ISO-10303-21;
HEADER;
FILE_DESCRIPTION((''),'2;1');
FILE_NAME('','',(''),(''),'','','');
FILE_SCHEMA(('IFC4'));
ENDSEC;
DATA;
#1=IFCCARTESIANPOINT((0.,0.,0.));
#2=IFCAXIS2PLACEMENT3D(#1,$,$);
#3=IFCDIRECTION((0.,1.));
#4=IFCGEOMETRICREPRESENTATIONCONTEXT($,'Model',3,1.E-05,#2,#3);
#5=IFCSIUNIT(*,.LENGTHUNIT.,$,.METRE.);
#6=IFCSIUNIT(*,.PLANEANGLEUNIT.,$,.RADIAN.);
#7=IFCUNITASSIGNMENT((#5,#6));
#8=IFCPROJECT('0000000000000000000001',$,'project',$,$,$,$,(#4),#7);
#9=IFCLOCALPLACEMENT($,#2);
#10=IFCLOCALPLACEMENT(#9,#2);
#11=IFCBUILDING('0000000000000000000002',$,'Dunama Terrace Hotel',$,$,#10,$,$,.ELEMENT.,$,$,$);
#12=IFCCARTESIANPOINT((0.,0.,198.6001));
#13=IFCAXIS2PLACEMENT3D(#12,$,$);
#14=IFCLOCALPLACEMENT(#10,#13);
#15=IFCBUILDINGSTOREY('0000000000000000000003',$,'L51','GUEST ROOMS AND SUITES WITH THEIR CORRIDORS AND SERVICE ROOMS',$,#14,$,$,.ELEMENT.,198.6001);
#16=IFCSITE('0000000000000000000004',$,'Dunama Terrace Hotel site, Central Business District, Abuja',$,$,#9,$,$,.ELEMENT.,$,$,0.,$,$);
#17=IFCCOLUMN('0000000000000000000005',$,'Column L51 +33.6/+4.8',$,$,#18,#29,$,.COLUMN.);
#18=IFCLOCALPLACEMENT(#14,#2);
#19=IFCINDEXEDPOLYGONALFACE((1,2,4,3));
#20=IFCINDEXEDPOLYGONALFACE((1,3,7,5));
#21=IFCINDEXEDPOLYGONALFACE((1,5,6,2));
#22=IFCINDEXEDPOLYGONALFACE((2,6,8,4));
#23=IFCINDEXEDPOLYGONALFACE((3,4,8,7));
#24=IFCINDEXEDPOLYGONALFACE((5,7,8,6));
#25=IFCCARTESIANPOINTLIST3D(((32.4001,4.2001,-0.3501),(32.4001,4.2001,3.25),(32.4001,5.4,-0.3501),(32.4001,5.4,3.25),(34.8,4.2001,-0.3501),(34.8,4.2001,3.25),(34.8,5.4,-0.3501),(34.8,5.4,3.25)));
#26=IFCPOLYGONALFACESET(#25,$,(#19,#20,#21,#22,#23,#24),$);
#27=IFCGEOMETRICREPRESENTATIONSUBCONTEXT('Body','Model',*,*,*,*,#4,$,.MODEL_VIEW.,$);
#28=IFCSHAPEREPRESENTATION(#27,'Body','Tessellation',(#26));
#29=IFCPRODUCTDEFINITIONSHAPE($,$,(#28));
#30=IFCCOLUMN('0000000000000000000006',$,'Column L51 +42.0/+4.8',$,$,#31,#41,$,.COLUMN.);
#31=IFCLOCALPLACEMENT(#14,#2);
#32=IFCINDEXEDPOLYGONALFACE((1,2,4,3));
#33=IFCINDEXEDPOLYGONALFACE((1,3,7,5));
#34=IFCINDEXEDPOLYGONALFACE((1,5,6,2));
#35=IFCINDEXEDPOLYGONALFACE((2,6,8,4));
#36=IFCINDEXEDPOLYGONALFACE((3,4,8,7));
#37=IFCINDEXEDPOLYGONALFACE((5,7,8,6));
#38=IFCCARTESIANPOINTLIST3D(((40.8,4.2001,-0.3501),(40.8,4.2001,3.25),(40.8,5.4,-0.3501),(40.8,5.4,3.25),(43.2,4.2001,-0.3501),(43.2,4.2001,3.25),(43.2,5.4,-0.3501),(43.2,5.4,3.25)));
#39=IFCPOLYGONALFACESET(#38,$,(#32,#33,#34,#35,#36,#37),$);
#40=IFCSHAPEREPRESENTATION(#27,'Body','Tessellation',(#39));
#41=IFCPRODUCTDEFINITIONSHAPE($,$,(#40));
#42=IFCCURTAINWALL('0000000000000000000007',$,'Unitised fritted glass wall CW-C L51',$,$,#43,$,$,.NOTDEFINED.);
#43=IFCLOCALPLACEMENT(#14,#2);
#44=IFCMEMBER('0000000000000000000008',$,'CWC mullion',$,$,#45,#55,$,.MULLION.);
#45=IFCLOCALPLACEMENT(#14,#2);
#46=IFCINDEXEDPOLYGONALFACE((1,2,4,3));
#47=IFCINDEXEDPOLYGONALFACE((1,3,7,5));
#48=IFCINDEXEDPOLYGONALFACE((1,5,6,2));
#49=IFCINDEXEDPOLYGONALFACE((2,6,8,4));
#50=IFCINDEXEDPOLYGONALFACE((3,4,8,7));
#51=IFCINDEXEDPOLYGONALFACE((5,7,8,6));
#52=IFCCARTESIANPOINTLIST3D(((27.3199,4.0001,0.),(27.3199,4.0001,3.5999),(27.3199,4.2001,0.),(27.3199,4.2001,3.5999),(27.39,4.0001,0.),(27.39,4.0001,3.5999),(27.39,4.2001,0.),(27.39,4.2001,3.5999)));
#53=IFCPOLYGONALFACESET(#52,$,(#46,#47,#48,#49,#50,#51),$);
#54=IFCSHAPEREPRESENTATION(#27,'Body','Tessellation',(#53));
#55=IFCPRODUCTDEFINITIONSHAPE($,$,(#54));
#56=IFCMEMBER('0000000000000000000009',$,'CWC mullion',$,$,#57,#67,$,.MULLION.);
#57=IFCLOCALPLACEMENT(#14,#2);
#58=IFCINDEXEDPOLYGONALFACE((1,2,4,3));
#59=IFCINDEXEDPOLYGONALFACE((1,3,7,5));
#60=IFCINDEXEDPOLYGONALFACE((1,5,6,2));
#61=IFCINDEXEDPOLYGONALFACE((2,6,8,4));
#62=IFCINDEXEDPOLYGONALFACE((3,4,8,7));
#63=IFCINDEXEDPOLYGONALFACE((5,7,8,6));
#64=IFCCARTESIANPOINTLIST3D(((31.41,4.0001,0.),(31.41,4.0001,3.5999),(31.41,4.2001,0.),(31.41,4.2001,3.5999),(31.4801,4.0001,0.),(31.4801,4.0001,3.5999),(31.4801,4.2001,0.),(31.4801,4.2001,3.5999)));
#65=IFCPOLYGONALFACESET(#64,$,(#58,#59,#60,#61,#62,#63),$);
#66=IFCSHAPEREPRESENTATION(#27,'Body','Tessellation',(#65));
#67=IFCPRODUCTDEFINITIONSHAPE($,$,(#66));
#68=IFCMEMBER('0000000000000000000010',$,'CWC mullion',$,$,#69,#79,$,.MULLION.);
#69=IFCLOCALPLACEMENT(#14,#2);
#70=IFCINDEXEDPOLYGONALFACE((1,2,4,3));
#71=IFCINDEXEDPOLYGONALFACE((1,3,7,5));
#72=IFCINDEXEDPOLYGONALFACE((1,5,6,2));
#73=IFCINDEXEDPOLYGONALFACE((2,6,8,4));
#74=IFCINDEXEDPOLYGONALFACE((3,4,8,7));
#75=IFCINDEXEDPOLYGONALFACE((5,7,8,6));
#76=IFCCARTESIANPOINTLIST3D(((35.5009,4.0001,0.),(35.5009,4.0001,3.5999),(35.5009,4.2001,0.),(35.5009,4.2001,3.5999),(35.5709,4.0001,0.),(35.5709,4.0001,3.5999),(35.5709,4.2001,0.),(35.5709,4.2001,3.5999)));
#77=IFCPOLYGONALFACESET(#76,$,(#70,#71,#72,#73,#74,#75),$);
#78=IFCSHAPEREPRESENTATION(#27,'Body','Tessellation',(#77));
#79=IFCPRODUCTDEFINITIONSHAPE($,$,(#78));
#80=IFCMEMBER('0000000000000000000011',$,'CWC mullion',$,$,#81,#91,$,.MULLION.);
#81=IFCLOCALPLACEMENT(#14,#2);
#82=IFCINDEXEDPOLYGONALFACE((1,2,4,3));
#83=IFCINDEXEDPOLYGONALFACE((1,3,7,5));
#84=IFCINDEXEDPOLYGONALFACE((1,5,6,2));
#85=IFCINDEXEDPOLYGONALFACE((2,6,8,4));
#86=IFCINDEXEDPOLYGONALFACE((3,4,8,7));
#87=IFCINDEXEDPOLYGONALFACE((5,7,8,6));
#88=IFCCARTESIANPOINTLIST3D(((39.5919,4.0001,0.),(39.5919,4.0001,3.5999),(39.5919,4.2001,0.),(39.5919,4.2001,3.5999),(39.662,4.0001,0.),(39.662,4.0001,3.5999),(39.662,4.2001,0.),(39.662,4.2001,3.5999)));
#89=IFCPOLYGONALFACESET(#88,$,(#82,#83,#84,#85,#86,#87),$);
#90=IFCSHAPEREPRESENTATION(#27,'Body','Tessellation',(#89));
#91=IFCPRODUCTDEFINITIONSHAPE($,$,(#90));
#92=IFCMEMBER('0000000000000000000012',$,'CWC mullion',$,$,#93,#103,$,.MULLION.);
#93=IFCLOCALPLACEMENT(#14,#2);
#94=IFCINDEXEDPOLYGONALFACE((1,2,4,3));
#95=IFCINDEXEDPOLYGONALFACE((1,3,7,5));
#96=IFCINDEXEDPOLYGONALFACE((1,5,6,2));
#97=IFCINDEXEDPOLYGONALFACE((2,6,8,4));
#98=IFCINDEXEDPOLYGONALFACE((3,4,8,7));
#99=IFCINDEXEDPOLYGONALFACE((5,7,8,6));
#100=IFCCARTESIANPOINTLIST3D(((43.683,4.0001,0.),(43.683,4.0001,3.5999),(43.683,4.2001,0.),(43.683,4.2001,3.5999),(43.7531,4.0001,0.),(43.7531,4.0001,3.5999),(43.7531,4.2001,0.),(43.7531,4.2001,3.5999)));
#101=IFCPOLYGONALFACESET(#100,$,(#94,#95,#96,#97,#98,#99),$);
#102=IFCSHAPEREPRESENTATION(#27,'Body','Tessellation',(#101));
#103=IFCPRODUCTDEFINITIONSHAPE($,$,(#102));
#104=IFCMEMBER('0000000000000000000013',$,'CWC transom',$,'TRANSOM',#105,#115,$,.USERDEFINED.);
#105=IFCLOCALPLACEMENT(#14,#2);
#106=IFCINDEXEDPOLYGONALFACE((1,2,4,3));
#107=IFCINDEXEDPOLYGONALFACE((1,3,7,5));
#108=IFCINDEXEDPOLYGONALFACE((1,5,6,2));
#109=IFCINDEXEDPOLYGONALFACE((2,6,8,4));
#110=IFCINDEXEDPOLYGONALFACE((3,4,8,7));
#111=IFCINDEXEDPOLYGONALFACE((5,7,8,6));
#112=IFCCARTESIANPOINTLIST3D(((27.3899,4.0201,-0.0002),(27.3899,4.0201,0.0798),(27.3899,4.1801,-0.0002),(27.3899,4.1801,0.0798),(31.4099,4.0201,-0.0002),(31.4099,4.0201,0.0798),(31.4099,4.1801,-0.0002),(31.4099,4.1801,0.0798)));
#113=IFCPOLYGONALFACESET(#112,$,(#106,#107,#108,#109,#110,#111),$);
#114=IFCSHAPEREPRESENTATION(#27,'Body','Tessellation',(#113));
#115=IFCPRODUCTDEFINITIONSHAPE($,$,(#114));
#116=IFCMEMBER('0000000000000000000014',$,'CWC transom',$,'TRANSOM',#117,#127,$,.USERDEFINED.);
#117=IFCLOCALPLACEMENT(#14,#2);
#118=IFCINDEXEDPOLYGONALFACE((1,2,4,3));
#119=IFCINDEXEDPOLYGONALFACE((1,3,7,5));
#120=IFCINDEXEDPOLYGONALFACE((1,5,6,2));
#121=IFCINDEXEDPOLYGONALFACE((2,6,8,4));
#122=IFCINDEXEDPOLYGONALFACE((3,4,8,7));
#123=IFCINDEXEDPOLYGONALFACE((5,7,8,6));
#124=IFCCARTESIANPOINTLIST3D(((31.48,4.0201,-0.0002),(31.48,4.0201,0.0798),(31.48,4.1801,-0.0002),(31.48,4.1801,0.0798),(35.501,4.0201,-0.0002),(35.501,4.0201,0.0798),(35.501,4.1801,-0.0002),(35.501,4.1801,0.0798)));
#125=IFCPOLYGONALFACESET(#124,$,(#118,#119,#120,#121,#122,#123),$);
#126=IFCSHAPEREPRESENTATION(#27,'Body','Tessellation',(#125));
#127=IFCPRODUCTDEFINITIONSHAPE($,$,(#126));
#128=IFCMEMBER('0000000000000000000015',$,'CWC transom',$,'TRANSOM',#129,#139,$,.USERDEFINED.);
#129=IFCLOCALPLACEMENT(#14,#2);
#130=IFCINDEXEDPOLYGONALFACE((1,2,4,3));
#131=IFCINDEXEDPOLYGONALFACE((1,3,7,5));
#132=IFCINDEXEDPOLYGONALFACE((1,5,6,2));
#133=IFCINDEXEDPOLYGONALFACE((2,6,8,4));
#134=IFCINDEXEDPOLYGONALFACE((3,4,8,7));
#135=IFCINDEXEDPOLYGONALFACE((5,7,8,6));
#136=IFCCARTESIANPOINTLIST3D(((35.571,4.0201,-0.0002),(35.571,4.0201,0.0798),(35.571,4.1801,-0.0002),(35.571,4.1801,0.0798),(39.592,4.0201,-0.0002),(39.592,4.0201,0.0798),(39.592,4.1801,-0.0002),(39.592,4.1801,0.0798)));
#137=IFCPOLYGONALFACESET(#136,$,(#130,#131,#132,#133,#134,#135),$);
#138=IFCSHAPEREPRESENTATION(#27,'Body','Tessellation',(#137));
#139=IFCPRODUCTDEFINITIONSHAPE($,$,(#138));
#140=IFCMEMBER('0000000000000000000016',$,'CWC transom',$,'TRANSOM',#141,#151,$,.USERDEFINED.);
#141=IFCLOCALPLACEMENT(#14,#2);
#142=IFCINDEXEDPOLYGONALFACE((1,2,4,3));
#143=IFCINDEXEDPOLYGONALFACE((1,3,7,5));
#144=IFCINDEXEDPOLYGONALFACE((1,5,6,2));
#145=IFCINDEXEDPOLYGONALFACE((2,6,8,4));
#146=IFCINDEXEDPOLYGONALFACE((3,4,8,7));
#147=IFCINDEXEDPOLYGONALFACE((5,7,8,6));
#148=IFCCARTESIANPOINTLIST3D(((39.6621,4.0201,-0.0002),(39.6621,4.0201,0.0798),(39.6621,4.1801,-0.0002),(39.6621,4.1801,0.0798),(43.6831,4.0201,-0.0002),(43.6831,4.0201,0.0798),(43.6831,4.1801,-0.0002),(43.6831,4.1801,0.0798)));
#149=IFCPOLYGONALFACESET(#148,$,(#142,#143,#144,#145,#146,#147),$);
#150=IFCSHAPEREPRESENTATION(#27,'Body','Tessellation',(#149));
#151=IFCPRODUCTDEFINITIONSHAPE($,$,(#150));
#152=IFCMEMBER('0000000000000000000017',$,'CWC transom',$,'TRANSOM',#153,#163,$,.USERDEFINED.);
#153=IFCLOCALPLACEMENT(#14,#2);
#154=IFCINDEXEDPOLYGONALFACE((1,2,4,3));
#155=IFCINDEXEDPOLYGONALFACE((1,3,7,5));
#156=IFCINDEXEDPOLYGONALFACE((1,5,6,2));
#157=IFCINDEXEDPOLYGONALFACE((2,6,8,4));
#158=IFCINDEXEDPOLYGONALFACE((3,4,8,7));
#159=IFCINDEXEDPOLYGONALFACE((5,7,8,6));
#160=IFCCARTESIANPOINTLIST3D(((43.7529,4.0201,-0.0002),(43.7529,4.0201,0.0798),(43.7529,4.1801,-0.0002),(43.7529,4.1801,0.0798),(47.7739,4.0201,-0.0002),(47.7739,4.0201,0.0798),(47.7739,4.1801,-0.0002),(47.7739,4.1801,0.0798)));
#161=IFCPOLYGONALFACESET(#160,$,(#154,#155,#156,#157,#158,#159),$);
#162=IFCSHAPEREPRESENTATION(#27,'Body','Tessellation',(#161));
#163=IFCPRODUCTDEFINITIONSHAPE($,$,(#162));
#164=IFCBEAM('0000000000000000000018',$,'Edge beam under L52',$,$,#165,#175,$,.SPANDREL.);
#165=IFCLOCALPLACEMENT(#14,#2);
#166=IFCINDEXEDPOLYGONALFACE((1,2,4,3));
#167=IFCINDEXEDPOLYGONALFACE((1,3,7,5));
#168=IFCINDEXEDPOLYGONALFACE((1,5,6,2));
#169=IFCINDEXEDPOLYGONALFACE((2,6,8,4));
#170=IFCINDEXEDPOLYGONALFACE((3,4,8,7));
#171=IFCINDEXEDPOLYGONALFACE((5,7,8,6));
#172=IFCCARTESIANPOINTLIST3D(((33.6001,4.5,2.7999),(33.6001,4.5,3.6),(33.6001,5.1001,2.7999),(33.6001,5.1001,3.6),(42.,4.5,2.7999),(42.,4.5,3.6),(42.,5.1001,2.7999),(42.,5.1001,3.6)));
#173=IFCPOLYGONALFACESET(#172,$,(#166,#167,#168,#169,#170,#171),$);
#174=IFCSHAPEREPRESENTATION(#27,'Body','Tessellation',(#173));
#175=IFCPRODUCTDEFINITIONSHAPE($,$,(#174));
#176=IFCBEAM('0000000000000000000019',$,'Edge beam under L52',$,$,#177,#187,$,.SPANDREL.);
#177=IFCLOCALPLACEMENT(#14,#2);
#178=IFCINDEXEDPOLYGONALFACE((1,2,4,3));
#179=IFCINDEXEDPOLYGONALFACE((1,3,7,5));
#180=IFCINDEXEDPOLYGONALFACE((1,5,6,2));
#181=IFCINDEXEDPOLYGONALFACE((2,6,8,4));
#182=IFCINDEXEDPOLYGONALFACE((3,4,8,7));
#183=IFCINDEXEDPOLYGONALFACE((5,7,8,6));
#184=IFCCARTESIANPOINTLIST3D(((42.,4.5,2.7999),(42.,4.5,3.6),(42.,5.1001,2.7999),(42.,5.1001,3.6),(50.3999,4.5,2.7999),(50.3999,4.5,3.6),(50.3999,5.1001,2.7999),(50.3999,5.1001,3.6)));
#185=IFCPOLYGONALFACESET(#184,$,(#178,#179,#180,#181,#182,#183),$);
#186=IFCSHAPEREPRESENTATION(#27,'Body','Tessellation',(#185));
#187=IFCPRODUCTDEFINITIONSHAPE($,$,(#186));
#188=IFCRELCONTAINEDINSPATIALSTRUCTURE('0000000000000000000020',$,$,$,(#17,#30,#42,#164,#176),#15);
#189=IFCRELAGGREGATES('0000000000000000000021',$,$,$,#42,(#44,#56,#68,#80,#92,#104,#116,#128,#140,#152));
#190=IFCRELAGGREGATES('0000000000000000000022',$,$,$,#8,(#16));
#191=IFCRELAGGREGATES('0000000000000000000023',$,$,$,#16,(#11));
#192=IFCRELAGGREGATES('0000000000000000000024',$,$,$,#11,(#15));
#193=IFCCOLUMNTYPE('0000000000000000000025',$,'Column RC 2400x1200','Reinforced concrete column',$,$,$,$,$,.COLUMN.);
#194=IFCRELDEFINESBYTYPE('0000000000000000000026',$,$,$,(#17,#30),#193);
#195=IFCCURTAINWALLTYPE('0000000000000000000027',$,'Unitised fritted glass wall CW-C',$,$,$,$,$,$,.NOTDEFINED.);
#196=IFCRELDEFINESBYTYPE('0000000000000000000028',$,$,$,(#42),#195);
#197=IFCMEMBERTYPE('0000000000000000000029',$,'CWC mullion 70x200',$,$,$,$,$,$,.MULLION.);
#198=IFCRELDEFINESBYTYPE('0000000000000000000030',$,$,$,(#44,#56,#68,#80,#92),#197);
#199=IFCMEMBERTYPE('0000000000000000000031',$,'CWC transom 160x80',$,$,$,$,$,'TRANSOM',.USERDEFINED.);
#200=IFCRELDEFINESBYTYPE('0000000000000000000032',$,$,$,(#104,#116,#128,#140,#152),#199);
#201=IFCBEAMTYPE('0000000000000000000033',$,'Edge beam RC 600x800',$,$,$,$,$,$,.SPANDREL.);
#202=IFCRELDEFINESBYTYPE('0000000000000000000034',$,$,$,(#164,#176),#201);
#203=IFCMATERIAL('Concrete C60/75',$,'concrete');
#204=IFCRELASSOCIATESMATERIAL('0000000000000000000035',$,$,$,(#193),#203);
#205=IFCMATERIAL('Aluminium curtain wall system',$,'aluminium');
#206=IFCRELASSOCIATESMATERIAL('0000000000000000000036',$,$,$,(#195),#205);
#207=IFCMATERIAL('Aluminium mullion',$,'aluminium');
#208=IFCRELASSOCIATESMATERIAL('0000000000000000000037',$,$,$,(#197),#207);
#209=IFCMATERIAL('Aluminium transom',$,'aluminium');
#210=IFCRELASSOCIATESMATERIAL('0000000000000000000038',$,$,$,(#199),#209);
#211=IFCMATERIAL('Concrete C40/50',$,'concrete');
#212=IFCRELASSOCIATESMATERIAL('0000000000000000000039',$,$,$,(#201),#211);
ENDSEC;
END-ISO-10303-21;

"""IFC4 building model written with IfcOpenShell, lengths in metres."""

from ifc_helpers import new_model, si_unit, direction, frame, origin, origin_2d, place, context, subcontext, project, spatial, rectangle, extrude, material, material_profile, profile_set, type_object, element, aggregate, save


model = new_model("IFC4")

# Units and contexts
model_context = context("Model", 3, precision=1e-05, world=origin(), true_north=direction((0.0, 1.0)))
body_context = subcontext(model_context, "Body", "Model", "MODEL_VIEW")
ifc_project = project(units=[si_unit("LENGTHUNIT", "METRE"), si_unit("PLANEANGLEUNIT", "RADIAN")], contexts=[model_context])

# Site, building, storey
site_placement = place(None, origin())
site = spatial("IfcSite", under=ifc_project, at=site_placement, Name="Dunama Terrace Hotel site, Central Business District, Abuja", CompositionType="ELEMENT", RefElevation=0.0)
building_placement = place(site_placement, origin())
building = spatial("IfcBuilding", under=site, at=building_placement, Name="Dunama Terrace Hotel", CompositionType="ELEMENT")
storey_placement = place(building_placement, frame((0.0, 0.0, 198.6001)))
storey = spatial("IfcBuildingStorey", under=building, at=storey_placement, Name="L51", Description="GUEST ROOMS AND SUITES WITH THEIR CORRIDORS AND SERVICE ROOMS", CompositionType="ELEMENT", Elevation=198.6001)

# Columns
ifc_material_1 = material(Name="Concrete C60/75", Category="concrete")
ifc_material_profile_1 = material_profile(ifc_material_1, rectangle(XDim=2.3999, YDim=1.2, at=origin_2d()), Name="RC 2400x1200")
ifc_profile_set_1 = profile_set([ifc_material_profile_1], Name="Concrete C60/75")
column_type = type_object("IfcColumnType", Name="Column RC 2400x1200", Description="Reinforced concrete column", PredefinedType="COLUMN", material=ifc_profile_set_1)
for number, where, z_axis, x_axis, name in (
    (1, (33.6001, 4.8, -0.3501), (0.0, 0.0, 1.0), (1.0, 0.0, 0.0), "Column L51 +33.6/+4.8"),
    (2, (42.0, 4.8, -0.3501), (0.0, 0.0, 1.0), (1.0, 0.0, 0.0), "Column L51 +42.0/+4.8"),
):
    element("IfcColumn", number, at=place(storey_placement, frame(where, z_axis=z_axis, x_axis=x_axis)), inside=storey, type_object=column_type, Name=name, PredefinedType="COLUMN", context=body_context, shape_type="SweptSolid", body=[
        extrude(rectangle(XDim=2.3999, YDim=1.2, at=origin_2d()), origin(), (0.0, 0.0, 1.0), 3.6001),
    ])

# Curtain wall, members
ifc_material_2 = material(Name="Aluminium curtain wall system", Category="aluminium")
curtain_wall_type = type_object("IfcCurtainWallType", Name="Unitised fritted glass wall CW-C", PredefinedType="NOTDEFINED", material=ifc_material_2)
curtain_wall_placement = place(storey_placement, origin())
curtain_wall = element("IfcCurtainWall", 3, at=curtain_wall_placement, inside=storey, type_object=curtain_wall_type, Name="Unitised fritted glass wall CW-C L51", PredefinedType="NOTDEFINED")
ifc_material_3 = material(Name="Aluminium mullion", Category="aluminium")
ifc_material_profile_2 = material_profile(ifc_material_3, rectangle(XDim=0.0701, YDim=0.2, at=origin_2d()), Name="CWC MULLION 70X200")
ifc_profile_set_2 = profile_set([ifc_material_profile_2], Name="Aluminium mullion")
member_type_1 = type_object("IfcMemberType", Name="CWC mullion 70x200", PredefinedType="MULLION", material=ifc_profile_set_2)
member_1_placement = place(storey_placement, frame((27.355, 4.1001, 0.0), z_axis=(0.0, 0.0, 1.0), x_axis=(1.0, 0.0, 0.0)))
member_1 = element("IfcMember", 4, at=member_1_placement, type_object=member_type_1, Name="CWC mullion", PredefinedType="MULLION", context=body_context, shape_type="SweptSolid", body=[
    extrude(rectangle(XDim=0.0701, YDim=0.2, at=origin_2d()), origin(), (0.0, 0.0, 1.0), 3.5999),
])
member_2_placement = place(storey_placement, frame((31.4451, 4.1001, 0.0), z_axis=(0.0, 0.0, 1.0), x_axis=(1.0, 0.0, 0.0)))
member_2 = element("IfcMember", 5, at=member_2_placement, type_object=member_type_1, Name="CWC mullion", PredefinedType="MULLION", context=body_context, shape_type="SweptSolid", body=[
    extrude(rectangle(XDim=0.0701, YDim=0.2, at=origin_2d()), origin(), (0.0, 0.0, 1.0), 3.5999),
])
member_3_placement = place(storey_placement, frame((35.5359, 4.1001, 0.0), z_axis=(0.0, 0.0, 1.0), x_axis=(1.0, 0.0, 0.0)))
member_3 = element("IfcMember", 6, at=member_3_placement, type_object=member_type_1, Name="CWC mullion", PredefinedType="MULLION", context=body_context, shape_type="SweptSolid", body=[
    extrude(rectangle(XDim=0.0701, YDim=0.2, at=origin_2d()), origin(), (0.0, 0.0, 1.0), 3.5999),
])
member_4_placement = place(storey_placement, frame((39.627, 4.1001, 0.0), z_axis=(0.0, 0.0, 1.0), x_axis=(1.0, 0.0, 0.0)))
member_4 = element("IfcMember", 7, at=member_4_placement, type_object=member_type_1, Name="CWC mullion", PredefinedType="MULLION", context=body_context, shape_type="SweptSolid", body=[
    extrude(rectangle(XDim=0.0701, YDim=0.2, at=origin_2d()), origin(), (0.0, 0.0, 1.0), 3.5999),
])
member_5_placement = place(storey_placement, frame((43.718, 4.1001, 0.0), z_axis=(0.0, 0.0, 1.0), x_axis=(1.0, 0.0, 0.0)))
member_5 = element("IfcMember", 8, at=member_5_placement, type_object=member_type_1, Name="CWC mullion", PredefinedType="MULLION", context=body_context, shape_type="SweptSolid", body=[
    extrude(rectangle(XDim=0.0701, YDim=0.2, at=origin_2d()), origin(), (0.0, 0.0, 1.0), 3.5999),
])
ifc_material_4 = material(Name="Aluminium transom", Category="aluminium")
ifc_material_profile_3 = material_profile(ifc_material_4, rectangle(XDim=0.1599, YDim=0.0801, at=origin_2d()), Name="CWC TRANSOM 160X80")
ifc_profile_set_3 = profile_set([ifc_material_profile_3], Name="Aluminium transom")
member_type_2 = type_object("IfcMemberType", Name="CWC transom 160x80", ElementType="TRANSOM", PredefinedType="USERDEFINED", material=ifc_profile_set_3)
member_6_placement = place(storey_placement, frame((27.3899, 4.1001, 0.0398), z_axis=(1.0, 0.0, 0.0), x_axis=(0.0, 1.0, 0.0)))
member_6 = element("IfcMember", 9, at=member_6_placement, type_object=member_type_2, Name="CWC transom", ObjectType="TRANSOM", PredefinedType="USERDEFINED", context=body_context, shape_type="SweptSolid", body=[
    extrude(rectangle(XDim=0.1599, YDim=0.0801, at=origin_2d()), origin(), (0.0, 0.0, 1.0), 4.02),
])
member_7_placement = place(storey_placement, frame((31.48, 4.1001, 0.0398), z_axis=(1.0, 0.0, 0.0), x_axis=(0.0, 1.0, 0.0)))
member_7 = element("IfcMember", 10, at=member_7_placement, type_object=member_type_2, Name="CWC transom", ObjectType="TRANSOM", PredefinedType="USERDEFINED", context=body_context, shape_type="SweptSolid", body=[
    extrude(rectangle(XDim=0.1599, YDim=0.0801, at=origin_2d()), origin(), (0.0, 0.0, 1.0), 4.021),
])
member_8_placement = place(storey_placement, frame((35.571, 4.1001, 0.0398), z_axis=(1.0, 0.0, 0.0), x_axis=(0.0, 1.0, 0.0)))
member_8 = element("IfcMember", 11, at=member_8_placement, type_object=member_type_2, Name="CWC transom", ObjectType="TRANSOM", PredefinedType="USERDEFINED", context=body_context, shape_type="SweptSolid", body=[
    extrude(rectangle(XDim=0.1599, YDim=0.0801, at=origin_2d()), origin(), (0.0, 0.0, 1.0), 4.021),
])
member_9_placement = place(storey_placement, frame((39.6621, 4.1001, 0.0398), z_axis=(1.0, 0.0, 0.0), x_axis=(0.0, 1.0, 0.0)))
member_9 = element("IfcMember", 12, at=member_9_placement, type_object=member_type_2, Name="CWC transom", ObjectType="TRANSOM", PredefinedType="USERDEFINED", context=body_context, shape_type="SweptSolid", body=[
    extrude(rectangle(XDim=0.1599, YDim=0.0801, at=origin_2d()), origin(), (0.0, 0.0, 1.0), 4.021),
])
member_10_placement = place(storey_placement, frame((43.7529, 4.1001, 0.0398), z_axis=(1.0, 0.0, 0.0), x_axis=(0.0, 1.0, 0.0)))
member_10 = element("IfcMember", 13, at=member_10_placement, type_object=member_type_2, Name="CWC transom", ObjectType="TRANSOM", PredefinedType="USERDEFINED", context=body_context, shape_type="SweptSolid", body=[
    extrude(rectangle(XDim=0.1599, YDim=0.0801, at=origin_2d()), origin(), (0.0, 0.0, 1.0), 4.021),
])

# Beams
ifc_material_5 = material(Name="Concrete C40/50", Category="concrete")
ifc_material_profile_4 = material_profile(ifc_material_5, rectangle(XDim=0.6001, YDim=0.8, at=origin_2d()), Name="RC 600x800")
ifc_profile_set_4 = profile_set([ifc_material_profile_4], Name="Concrete C40/50")
beam_type = type_object("IfcBeamType", Name="Edge beam RC 600x800", PredefinedType="SPANDREL", material=ifc_profile_set_4)
for number, where, z_axis, x_axis, name in (
    (14, (33.6001, 4.8, 3.2), (1.0, 0.0, 0.0), (0.0, 1.0, 0.0), "Edge beam under L52"),
    (15, (42.0, 4.8, 3.2), (1.0, 0.0, 0.0), (0.0, 1.0, 0.0), "Edge beam under L52"),
):
    element("IfcBeam", number, at=place(storey_placement, frame(where, z_axis=z_axis, x_axis=x_axis)), inside=storey, type_object=beam_type, Name=name, PredefinedType="SPANDREL", context=body_context, shape_type="SweptSolid", body=[
        extrude(rectangle(XDim=0.6001, YDim=0.8, at=origin_2d()), origin(), (0.0, 0.0, 1.0), 8.3999),
    ])

aggregate(curtain_wall, [member_1, member_2, member_3, member_4, member_5, member_6, member_7, member_8, member_9, member_10])

save(model, "model.ifc")
